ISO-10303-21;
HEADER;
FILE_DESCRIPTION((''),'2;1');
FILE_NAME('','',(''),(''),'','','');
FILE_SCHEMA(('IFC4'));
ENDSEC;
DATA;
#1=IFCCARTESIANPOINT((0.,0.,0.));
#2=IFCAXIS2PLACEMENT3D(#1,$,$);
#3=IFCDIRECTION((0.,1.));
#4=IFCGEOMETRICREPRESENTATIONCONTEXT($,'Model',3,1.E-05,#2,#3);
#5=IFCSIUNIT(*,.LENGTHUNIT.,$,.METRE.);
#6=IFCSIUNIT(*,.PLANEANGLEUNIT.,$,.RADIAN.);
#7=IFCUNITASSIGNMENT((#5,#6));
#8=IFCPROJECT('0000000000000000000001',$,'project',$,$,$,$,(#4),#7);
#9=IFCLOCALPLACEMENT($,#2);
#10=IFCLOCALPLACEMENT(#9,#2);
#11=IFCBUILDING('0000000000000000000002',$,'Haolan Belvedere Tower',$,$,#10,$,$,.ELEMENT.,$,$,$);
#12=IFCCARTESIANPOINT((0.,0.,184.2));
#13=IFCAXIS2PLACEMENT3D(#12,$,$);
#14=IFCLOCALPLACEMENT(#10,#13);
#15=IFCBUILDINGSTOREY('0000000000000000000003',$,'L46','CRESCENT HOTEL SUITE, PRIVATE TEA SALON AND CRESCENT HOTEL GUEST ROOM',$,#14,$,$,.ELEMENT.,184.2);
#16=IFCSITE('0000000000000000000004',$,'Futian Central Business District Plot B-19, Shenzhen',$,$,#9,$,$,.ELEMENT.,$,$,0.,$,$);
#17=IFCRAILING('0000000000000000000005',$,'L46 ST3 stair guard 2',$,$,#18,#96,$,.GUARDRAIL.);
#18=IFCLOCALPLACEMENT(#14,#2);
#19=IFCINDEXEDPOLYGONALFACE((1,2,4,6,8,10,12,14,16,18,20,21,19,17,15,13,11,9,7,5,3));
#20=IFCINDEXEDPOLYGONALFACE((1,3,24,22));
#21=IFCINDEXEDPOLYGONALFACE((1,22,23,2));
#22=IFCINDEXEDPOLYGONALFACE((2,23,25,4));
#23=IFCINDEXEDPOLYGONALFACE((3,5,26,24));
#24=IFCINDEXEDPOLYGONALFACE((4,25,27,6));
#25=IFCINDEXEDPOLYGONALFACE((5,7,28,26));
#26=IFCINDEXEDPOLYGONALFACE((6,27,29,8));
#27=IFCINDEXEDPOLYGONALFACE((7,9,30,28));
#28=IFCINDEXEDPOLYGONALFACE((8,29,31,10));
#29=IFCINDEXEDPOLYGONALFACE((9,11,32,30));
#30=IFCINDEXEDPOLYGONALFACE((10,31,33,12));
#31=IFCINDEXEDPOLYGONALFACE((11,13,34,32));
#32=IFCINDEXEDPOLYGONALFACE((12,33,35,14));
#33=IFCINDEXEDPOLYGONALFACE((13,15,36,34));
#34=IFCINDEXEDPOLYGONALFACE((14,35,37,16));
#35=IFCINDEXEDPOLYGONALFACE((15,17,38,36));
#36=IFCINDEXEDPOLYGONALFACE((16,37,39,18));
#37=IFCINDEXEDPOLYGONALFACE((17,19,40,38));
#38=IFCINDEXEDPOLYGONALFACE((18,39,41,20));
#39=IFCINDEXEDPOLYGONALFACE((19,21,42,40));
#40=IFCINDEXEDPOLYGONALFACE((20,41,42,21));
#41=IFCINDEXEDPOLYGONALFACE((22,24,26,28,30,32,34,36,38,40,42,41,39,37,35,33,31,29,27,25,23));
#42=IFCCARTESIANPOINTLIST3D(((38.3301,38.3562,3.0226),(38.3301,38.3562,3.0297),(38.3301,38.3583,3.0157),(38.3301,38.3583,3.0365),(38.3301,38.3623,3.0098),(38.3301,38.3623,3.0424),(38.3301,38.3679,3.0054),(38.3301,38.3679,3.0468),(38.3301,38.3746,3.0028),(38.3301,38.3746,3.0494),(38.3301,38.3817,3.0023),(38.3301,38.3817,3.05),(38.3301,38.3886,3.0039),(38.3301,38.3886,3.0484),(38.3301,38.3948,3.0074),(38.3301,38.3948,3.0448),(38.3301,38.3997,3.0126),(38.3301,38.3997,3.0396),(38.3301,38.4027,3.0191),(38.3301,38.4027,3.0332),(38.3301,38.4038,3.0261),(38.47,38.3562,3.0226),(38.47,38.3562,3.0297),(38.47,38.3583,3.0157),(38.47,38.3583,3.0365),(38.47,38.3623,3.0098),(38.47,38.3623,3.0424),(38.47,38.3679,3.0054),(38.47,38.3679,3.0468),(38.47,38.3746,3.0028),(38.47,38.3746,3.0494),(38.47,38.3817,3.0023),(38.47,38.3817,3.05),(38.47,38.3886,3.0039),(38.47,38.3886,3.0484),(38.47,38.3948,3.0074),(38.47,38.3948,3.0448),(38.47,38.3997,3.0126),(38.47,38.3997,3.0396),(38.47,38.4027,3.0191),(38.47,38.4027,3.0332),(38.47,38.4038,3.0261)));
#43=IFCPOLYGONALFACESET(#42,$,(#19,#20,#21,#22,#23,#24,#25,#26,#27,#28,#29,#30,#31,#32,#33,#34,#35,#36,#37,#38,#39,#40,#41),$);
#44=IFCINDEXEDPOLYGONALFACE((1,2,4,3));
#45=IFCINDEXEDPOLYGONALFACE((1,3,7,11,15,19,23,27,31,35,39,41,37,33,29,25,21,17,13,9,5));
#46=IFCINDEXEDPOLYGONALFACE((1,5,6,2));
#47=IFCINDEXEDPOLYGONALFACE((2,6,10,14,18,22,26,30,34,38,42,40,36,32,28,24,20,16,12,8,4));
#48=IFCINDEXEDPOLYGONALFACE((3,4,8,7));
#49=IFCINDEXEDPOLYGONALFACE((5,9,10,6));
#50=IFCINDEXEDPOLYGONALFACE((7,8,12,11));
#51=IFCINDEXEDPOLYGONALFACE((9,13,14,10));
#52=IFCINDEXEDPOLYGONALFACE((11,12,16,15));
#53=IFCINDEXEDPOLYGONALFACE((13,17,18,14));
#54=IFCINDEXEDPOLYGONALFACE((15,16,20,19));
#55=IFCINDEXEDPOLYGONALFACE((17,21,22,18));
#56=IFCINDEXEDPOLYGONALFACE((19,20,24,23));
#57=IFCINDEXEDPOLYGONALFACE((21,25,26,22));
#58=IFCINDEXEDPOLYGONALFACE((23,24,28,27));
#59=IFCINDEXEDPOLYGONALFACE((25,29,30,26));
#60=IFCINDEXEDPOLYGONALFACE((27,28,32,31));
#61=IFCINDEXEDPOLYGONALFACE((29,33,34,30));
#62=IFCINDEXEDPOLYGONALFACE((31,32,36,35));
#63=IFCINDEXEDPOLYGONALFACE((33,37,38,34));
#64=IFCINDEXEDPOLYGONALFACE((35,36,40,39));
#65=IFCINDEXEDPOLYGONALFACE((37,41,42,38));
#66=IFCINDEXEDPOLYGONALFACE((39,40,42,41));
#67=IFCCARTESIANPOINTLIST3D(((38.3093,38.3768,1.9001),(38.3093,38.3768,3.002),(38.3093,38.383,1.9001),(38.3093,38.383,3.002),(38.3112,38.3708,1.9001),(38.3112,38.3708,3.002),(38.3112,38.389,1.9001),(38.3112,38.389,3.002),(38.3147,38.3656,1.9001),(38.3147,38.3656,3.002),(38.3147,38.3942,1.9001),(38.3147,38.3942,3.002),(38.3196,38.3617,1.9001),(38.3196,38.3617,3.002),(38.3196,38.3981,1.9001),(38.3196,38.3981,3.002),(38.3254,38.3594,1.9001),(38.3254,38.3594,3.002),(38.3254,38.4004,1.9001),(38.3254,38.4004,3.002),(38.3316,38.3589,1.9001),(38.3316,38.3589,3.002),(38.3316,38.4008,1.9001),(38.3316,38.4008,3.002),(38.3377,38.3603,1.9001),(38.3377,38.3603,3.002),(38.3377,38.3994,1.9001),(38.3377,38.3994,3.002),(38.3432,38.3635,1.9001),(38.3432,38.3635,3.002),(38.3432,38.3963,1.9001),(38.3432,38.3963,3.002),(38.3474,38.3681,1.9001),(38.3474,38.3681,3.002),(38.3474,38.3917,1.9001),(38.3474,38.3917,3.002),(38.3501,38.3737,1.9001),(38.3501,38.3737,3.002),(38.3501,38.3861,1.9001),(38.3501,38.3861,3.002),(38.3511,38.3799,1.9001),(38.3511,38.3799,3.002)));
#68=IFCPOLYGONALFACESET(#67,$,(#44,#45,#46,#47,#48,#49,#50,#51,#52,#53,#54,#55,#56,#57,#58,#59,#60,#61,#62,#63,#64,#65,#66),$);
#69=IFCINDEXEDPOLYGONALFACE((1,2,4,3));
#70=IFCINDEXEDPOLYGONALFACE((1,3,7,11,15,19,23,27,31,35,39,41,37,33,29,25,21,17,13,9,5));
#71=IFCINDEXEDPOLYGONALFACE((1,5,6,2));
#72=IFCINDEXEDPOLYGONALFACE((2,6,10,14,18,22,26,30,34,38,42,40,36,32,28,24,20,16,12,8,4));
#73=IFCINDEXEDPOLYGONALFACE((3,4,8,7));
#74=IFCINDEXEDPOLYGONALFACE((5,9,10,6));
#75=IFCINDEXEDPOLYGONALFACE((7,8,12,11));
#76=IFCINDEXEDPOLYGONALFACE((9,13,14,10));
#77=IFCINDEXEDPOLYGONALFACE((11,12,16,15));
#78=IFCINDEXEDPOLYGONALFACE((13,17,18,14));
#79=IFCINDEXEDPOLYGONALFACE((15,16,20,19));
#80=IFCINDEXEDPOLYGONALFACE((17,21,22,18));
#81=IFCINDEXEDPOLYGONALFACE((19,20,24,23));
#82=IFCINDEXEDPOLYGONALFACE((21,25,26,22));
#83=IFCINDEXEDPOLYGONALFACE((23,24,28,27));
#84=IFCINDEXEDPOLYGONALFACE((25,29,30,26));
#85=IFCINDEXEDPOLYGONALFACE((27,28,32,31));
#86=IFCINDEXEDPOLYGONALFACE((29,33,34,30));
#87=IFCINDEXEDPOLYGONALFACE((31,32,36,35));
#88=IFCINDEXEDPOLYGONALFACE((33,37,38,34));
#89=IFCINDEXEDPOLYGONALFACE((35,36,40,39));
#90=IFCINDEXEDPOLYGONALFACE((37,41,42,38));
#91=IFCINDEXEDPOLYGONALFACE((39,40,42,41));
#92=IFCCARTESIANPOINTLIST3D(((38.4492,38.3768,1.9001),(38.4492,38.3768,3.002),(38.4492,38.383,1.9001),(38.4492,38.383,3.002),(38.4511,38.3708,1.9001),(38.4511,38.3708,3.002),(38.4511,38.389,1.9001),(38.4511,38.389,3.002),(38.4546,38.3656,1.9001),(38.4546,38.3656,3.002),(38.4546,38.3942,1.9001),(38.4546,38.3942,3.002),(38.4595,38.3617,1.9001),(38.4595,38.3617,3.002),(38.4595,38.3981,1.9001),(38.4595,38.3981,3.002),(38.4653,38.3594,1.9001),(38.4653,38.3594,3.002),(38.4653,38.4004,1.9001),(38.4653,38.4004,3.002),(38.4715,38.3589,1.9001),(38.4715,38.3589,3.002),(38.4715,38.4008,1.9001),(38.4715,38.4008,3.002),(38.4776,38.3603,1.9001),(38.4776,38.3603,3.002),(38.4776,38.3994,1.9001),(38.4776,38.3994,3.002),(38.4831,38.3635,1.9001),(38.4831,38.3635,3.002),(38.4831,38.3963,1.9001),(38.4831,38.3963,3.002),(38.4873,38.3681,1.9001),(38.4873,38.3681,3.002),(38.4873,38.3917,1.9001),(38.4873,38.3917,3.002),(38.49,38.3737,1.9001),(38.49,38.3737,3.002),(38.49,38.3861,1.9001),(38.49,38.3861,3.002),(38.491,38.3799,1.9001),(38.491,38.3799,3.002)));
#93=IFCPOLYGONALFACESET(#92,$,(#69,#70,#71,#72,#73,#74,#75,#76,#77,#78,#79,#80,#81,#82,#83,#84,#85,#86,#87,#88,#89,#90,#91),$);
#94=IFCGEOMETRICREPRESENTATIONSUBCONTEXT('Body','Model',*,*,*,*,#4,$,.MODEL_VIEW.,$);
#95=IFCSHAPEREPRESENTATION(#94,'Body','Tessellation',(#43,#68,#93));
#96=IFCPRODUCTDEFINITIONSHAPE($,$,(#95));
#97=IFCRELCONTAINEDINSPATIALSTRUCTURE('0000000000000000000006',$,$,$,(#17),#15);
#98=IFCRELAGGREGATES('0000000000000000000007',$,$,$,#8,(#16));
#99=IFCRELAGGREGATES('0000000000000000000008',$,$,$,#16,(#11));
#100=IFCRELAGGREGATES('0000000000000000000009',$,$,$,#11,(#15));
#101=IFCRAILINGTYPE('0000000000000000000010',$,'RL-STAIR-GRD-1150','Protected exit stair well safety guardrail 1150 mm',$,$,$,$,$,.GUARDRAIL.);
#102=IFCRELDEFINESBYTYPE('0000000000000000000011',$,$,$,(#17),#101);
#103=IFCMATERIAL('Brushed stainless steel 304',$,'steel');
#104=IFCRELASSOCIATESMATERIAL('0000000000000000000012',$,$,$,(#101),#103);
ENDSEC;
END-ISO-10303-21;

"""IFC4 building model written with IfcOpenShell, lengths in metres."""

from ifc_helpers import new_model, si_unit, direction, frame, origin, origin_2d, place, context, subcontext, project, spatial, circle, extrude, material, type_object, element, save


model = new_model("IFC4")

# Units and contexts
model_context = context("Model", 3, precision=1e-05, world=origin(), true_north=direction((0.0, 1.0)))
body_context = subcontext(model_context, "Body", "Model", "MODEL_VIEW")
ifc_project = project(units=[si_unit("LENGTHUNIT", "METRE"), si_unit("PLANEANGLEUNIT", "RADIAN")], contexts=[model_context])

# Site, building, storey
site_placement = place(None, origin())
site = spatial("IfcSite", under=ifc_project, at=site_placement, Name="Futian Central Business District Plot B-19, Shenzhen", CompositionType="ELEMENT", RefElevation=0.0)
building_placement = place(site_placement, origin())
building = spatial("IfcBuilding", under=site, at=building_placement, Name="Haolan Belvedere Tower", CompositionType="ELEMENT")
storey_placement = place(building_placement, frame((0.0, 0.0, 184.2)))
storey = spatial("IfcBuildingStorey", under=building, at=storey_placement, Name="L46", Description="CRESCENT HOTEL SUITE, PRIVATE TEA SALON AND CRESCENT HOTEL GUEST ROOM", CompositionType="ELEMENT", Elevation=184.2)

# Railing
ifc_material_1 = material(Name="Brushed stainless steel 304", Category="steel")
railing_type_1 = type_object("IfcRailingType", Name="RL-STAIR-GRD-1150", Description="Protected exit stair well safety guardrail 1150 mm", PredefinedType="GUARDRAIL", material=ifc_material_1)
railing_1_placement = place(storey_placement, frame((38.3301, 38.3799, 1.9001)))
element("IfcRailing", 1, at=railing_1_placement, inside=storey, type_object=railing_type_1, Name="L46 ST3 stair guard 2", PredefinedType="GUARDRAIL", context=body_context, shape_type="SweptSolid", body=[
    extrude(circle(Radius=0.0239, at=origin_2d()), frame((0.0, 0.0, 1.126), z_axis=(1.0, 0.0, 0.0), x_axis=(0.0, 1.0, 0.0)), (0.0, 0.0, 1.0), 0.1399),
    extrude(circle(Radius=0.021, at=origin_2d()), origin(), (0.0, 0.0, 1.0), 1.1018),
    extrude(circle(Radius=0.021, at=origin_2d()), frame((0.1399, 0.0, 0.0)), (0.0, 0.0, 1.0), 1.1018),
])

save(model, "model.ifc")
